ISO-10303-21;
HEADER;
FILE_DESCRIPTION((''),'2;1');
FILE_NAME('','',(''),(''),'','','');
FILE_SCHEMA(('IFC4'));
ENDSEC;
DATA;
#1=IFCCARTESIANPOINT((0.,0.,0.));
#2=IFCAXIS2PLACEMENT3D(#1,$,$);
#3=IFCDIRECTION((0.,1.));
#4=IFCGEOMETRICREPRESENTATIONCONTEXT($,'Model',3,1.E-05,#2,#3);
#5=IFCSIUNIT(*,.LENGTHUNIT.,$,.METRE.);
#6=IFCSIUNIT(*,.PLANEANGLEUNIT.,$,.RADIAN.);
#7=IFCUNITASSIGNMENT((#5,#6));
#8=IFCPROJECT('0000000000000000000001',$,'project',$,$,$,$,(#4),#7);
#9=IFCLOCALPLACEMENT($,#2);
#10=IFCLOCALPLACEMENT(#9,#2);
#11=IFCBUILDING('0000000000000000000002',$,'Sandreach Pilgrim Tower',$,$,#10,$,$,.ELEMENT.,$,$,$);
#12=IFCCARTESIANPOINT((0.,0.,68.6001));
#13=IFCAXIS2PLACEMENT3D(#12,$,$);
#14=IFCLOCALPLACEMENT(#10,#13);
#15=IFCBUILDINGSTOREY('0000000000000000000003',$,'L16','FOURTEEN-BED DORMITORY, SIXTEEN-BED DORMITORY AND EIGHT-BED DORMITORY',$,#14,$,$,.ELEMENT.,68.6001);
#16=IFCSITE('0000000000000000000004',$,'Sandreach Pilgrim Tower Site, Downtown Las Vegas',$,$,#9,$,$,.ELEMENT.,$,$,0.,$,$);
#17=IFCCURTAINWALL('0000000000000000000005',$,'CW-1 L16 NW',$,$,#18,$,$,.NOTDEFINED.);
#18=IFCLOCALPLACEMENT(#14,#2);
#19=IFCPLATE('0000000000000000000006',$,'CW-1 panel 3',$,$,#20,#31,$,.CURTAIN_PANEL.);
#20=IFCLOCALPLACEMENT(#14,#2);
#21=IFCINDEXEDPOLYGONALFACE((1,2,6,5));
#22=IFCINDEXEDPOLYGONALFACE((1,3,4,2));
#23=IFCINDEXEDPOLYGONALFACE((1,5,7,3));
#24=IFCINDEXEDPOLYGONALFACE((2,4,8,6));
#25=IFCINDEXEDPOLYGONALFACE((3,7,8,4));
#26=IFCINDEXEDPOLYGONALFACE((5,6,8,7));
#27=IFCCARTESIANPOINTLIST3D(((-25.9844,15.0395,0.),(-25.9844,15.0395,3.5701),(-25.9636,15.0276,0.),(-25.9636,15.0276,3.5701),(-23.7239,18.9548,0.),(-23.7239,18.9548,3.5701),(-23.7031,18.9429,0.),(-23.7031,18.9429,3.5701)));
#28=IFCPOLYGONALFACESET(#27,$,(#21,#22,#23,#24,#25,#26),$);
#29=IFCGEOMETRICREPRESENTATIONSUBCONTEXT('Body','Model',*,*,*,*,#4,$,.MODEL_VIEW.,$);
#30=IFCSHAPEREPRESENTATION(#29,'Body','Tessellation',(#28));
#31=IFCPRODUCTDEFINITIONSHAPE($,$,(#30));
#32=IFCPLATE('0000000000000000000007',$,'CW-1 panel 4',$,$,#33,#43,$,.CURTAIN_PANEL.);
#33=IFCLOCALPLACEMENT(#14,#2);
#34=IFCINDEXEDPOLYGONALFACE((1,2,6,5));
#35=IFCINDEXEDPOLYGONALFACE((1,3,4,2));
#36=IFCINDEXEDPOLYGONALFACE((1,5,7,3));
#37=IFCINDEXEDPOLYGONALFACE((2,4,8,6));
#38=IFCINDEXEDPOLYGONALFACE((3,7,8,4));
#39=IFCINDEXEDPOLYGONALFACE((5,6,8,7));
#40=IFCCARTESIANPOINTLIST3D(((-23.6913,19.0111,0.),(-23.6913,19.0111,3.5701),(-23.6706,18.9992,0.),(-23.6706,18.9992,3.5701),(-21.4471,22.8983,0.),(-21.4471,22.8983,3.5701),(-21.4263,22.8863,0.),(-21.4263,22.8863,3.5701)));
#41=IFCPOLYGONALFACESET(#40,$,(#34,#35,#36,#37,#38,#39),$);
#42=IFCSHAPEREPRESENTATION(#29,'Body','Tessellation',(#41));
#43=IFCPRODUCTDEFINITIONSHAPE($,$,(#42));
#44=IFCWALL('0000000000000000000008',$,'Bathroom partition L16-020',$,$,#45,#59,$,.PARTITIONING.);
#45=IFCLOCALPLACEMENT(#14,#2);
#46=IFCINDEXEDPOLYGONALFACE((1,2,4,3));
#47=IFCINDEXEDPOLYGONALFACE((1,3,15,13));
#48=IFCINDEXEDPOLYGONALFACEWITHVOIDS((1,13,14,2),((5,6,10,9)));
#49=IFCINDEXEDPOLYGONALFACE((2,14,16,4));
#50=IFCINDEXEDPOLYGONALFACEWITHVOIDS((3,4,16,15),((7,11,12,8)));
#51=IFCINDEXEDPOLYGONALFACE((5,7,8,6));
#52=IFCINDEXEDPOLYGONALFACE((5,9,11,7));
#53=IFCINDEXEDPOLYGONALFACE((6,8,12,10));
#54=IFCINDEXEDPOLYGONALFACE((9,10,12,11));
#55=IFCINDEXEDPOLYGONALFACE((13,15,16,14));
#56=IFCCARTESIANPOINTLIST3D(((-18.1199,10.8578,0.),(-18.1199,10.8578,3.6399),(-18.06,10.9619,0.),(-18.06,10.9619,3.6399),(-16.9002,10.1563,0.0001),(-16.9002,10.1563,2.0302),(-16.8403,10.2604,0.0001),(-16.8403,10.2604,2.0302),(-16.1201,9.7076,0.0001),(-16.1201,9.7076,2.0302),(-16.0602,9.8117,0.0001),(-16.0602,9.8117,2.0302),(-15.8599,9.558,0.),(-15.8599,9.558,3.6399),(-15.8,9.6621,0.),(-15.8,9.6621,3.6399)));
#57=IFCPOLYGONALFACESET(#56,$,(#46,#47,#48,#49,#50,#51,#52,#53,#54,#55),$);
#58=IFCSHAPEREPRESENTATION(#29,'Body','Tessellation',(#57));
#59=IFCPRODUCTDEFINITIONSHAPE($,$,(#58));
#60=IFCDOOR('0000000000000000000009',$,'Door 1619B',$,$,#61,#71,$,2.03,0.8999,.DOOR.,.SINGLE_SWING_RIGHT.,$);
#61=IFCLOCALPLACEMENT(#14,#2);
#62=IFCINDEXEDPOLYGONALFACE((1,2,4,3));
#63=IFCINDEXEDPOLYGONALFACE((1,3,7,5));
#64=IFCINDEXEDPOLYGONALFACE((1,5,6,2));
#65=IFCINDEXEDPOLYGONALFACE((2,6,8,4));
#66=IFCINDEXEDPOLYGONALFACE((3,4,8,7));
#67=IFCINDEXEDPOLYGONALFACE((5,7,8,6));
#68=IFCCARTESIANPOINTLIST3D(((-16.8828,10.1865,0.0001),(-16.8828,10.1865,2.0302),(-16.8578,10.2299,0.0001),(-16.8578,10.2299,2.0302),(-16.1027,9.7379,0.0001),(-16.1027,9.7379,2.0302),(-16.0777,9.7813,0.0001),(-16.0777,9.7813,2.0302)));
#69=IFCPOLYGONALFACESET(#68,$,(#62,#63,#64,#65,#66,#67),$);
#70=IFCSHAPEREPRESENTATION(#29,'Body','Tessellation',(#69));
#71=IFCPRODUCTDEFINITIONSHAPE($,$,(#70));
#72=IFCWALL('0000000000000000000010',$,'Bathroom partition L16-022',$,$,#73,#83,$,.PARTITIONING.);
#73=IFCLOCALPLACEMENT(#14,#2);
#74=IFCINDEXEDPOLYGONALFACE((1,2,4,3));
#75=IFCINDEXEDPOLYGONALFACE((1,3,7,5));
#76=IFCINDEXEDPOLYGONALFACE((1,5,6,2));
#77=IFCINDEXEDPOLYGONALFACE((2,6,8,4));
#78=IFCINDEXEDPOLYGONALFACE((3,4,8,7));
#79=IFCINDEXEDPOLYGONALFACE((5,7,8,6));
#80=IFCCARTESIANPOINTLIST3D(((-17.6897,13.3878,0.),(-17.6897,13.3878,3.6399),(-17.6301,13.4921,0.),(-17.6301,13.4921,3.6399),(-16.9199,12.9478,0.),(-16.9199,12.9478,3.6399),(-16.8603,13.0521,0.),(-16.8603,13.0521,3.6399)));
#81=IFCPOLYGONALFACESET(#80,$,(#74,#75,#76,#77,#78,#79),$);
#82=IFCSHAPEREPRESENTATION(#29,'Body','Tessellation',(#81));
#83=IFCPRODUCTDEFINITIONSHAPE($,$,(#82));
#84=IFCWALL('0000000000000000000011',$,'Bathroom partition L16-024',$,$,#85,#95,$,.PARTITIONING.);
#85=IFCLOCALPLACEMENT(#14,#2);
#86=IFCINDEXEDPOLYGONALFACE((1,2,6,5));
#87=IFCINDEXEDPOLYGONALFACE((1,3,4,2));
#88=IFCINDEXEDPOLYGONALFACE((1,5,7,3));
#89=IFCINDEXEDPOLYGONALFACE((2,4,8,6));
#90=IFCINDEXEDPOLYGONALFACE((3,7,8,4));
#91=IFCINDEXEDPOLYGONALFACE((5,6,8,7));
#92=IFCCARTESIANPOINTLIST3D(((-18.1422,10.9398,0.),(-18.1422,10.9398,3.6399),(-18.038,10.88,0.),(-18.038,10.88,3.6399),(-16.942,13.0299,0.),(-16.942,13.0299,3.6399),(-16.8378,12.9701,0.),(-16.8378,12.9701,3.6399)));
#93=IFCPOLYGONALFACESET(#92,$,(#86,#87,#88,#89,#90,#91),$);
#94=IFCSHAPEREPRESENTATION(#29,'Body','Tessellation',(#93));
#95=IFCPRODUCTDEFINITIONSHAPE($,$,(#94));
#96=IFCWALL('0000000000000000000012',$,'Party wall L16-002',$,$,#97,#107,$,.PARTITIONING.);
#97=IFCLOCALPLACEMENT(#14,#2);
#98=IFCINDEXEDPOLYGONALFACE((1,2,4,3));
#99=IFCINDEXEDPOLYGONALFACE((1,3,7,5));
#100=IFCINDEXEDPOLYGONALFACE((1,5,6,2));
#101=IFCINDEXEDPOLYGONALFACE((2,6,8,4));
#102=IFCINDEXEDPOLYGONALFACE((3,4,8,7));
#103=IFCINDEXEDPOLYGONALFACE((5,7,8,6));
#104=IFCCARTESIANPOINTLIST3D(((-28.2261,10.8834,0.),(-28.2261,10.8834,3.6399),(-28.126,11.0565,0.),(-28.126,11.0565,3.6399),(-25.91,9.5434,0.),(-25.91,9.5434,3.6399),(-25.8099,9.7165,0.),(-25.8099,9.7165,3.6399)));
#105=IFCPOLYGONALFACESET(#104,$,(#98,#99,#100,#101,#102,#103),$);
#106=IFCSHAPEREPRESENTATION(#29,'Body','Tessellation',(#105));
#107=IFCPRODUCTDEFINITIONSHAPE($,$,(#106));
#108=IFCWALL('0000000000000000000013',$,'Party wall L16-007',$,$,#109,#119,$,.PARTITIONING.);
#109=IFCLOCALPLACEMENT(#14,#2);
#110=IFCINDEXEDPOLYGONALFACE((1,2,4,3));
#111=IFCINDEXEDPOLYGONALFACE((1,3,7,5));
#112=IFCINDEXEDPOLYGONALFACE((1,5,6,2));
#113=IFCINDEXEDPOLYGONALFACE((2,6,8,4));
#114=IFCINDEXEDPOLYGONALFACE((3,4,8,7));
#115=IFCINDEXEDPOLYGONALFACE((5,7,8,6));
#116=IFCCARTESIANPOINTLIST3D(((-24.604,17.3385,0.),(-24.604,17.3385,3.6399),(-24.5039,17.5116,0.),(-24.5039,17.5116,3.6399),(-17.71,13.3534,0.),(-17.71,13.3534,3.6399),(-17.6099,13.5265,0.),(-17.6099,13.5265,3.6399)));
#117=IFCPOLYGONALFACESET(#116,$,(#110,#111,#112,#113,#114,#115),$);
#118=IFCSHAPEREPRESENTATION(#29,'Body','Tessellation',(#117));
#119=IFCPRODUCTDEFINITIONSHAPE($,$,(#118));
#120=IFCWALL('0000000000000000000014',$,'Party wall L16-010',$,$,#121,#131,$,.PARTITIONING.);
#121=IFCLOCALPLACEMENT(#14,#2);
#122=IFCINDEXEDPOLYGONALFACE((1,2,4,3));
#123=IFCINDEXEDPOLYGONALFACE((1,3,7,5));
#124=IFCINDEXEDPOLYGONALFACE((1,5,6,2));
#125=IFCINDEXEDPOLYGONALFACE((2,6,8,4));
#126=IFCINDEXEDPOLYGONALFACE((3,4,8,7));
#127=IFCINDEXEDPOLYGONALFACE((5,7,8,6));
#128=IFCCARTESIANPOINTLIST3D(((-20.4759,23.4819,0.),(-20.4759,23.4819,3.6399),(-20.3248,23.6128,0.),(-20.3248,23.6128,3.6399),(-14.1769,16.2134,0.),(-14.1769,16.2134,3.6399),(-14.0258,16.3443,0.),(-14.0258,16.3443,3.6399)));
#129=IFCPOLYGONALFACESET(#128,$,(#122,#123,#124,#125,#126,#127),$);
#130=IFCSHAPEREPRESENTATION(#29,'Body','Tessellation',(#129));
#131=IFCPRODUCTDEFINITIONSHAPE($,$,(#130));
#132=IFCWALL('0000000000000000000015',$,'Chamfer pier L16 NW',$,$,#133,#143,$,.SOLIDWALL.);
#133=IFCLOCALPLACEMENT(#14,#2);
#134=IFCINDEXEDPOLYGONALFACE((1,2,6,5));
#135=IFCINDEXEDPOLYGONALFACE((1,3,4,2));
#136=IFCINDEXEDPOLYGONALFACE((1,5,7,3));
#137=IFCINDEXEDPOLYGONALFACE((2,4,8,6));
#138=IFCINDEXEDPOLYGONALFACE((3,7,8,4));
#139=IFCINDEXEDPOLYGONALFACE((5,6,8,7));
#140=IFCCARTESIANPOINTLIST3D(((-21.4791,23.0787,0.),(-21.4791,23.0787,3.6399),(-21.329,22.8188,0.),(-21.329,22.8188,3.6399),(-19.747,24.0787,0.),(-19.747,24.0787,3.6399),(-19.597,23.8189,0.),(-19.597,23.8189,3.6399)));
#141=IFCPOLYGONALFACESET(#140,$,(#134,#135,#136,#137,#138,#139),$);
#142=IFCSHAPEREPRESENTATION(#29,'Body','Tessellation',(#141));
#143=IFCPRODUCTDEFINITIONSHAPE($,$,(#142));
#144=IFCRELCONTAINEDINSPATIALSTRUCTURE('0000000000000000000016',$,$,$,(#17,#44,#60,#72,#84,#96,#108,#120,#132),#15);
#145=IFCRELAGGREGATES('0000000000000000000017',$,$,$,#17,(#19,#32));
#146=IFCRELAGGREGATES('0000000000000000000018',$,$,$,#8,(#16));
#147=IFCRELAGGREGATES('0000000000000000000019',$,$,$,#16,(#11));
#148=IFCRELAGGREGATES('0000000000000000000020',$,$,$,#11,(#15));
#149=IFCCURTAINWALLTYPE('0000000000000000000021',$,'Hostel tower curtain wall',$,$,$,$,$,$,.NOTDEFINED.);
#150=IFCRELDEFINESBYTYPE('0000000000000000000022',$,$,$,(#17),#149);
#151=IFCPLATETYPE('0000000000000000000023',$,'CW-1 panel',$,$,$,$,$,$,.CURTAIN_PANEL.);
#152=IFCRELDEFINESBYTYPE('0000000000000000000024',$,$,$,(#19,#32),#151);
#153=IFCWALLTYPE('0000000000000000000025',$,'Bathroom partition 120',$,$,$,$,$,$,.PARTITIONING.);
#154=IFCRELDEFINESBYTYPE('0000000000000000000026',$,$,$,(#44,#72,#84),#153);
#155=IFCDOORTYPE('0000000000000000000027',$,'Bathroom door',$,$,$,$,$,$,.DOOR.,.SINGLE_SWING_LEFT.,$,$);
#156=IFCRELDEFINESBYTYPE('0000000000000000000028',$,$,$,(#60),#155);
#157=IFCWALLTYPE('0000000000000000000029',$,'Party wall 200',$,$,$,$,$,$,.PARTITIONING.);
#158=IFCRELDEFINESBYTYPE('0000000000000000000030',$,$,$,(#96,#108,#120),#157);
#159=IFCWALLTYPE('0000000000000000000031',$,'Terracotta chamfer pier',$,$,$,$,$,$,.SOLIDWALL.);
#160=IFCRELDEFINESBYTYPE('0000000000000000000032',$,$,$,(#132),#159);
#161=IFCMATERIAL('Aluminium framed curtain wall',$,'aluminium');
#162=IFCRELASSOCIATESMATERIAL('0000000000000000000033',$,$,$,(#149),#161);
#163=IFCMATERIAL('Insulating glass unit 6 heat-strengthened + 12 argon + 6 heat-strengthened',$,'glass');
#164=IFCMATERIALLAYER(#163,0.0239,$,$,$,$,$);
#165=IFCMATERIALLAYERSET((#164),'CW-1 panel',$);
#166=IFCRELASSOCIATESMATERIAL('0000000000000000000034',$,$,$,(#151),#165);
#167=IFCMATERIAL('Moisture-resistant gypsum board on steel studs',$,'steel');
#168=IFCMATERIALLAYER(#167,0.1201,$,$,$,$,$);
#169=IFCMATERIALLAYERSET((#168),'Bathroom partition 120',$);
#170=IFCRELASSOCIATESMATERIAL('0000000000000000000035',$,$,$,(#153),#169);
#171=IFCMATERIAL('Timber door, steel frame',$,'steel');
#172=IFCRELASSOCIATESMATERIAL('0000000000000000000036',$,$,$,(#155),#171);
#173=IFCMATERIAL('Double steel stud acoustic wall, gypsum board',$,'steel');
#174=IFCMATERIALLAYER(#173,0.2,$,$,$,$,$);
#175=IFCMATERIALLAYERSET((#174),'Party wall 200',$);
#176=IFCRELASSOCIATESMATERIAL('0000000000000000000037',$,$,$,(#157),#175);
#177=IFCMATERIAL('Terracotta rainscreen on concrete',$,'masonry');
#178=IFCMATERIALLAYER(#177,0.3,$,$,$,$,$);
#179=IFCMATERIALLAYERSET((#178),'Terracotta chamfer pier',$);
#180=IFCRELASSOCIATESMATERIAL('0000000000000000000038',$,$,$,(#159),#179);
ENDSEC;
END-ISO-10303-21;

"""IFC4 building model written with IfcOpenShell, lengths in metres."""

from ifc_helpers import new_model, si_unit, direction, frame, frame_2d, origin, origin_2d, place, context, subcontext, project, spatial, rectangle, extrude, material, layer, layer_set, type_object, element, fill, aggregate, save


model = new_model("IFC4")

# Units and contexts
model_context = context("Model", 3, precision=1e-05, world=origin(), true_north=direction((0.0, 1.0)))
body_context = subcontext(model_context, "Body", "Model", "MODEL_VIEW")
ifc_project = project(units=[si_unit("LENGTHUNIT", "METRE"), si_unit("PLANEANGLEUNIT", "RADIAN")], contexts=[model_context])

# Site, building, storey
site_placement = place(None, origin())
site = spatial("IfcSite", under=ifc_project, at=site_placement, Name="Sandreach Pilgrim Tower Site, Downtown Las Vegas", CompositionType="ELEMENT", RefElevation=0.0)
building_placement = place(site_placement, origin())
building = spatial("IfcBuilding", under=site, at=building_placement, Name="Sandreach Pilgrim Tower", CompositionType="ELEMENT")
storey_placement = place(building_placement, frame((0.0, 0.0, 68.6001)))
storey = spatial("IfcBuildingStorey", under=building, at=storey_placement, Name="L16", Description="FOURTEEN-BED DORMITORY, SIXTEEN-BED DORMITORY AND EIGHT-BED DORMITORY", CompositionType="ELEMENT", Elevation=68.6001)

# Shared definitions
ifc_material_1 = material(Name="Aluminium framed curtain wall", Category="aluminium")
curtain_wall_type = type_object("IfcCurtainWallType", Name="Hostel tower curtain wall", PredefinedType="NOTDEFINED", material=ifc_material_1)

# Curtain wall
curtain_wall_1_placement = place(storey_placement, origin())
curtain_wall_1 = element("IfcCurtainWall", 1, at=curtain_wall_1_placement, inside=storey, type_object=curtain_wall_type, Name="CW-1 L16 NW", PredefinedType="NOTDEFINED")

# Plates
ifc_material_2 = material(Name="Insulating glass unit 6 heat-strengthened + 12 argon + 6 heat-strengthened", Category="glass")
ifc_layer_1 = layer(ifc_material_2, 0.0239)
ifc_layer_set_1 = layer_set([ifc_layer_1], Name="CW-1 panel")
plate_type = type_object("IfcPlateType", Name="CW-1 panel", PredefinedType="CURTAIN_PANEL", material=ifc_layer_set_1)
plate_1_placement = place(storey_placement, frame((-24.8438, 16.9912, 0.0), z_axis=(0.0, 0.0, 1.0), x_axis=(0.5, 0.866025, 0.0)))
plate_1 = element("IfcPlate", 2, at=plate_1_placement, type_object=plate_type, Name="CW-1 panel 3", PredefinedType="CURTAIN_PANEL", context=body_context, shape_type="SweptSolid", body=[
    extrude(rectangle(XDim=4.521, YDim=0.0239, at=origin_2d()), origin(), (0.0, 0.0, 1.0), 3.5701),
])
plate_2_placement = place(storey_placement, frame((-22.5588, 20.9487, 0.0), z_axis=(0.0, 0.0, 1.0), x_axis=(0.5, 0.866025, 0.0)))
plate_2 = element("IfcPlate", 3, at=plate_2_placement, type_object=plate_type, Name="CW-1 panel 4", PredefinedType="CURTAIN_PANEL", context=body_context, shape_type="SweptSolid", body=[
    extrude(rectangle(XDim=4.4885, YDim=0.0239, at=origin_2d()), origin(), (0.0, 0.0, 1.0), 3.5701),
])
aggregate(curtain_wall_1, [plate_1, plate_2])

# Wall, opening, door
ifc_material_3 = material(Name="Moisture-resistant gypsum board on steel studs", Category="steel")
ifc_layer_2 = layer(ifc_material_3, 0.1201)
ifc_layer_set_2 = layer_set([ifc_layer_2], Name="Bathroom partition 120")
wall_type_1 = type_object("IfcWallType", Name="Bathroom partition 120", PredefinedType="PARTITIONING", material=ifc_layer_set_2)
wall_1_placement = place(storey_placement, frame((-18.0901, 10.9099, 0.0), z_axis=(0.0, 0.0, 1.0), x_axis=(0.866857, -0.498557, 0.0)))
wall_1 = element("IfcWall", 4, at=wall_1_placement, inside=storey, type_object=wall_type_1, Name="Bathroom partition L16-020", PredefinedType="PARTITIONING", context=body_context, shape_type="SweptSolid", body=[
    extrude(rectangle(XDim=2.6072, YDim=0.1201, at=frame_2d((1.3037, 0.0))), origin(), (0.0, 0.0, 1.0), 3.6399),
])
opening_placement = place(wall_1_placement, frame((1.4072, 0.0, 0.0)))
opening = element("IfcOpeningElement", 5, at=opening_placement, cuts=wall_1, PredefinedType="OPENING", context=body_context, shape_type="SweptSolid", body=[
    extrude(rectangle(XDim=0.8999, YDim=2.03, at=frame_2d((0.45, 1.0151))), frame((0.0, 0.0601, 0.0), z_axis=(0.0, -1.0, 0.0), x_axis=(1.0, 0.0, 0.0)), (0.0, 0.0, 1.0), 0.1201),
])
ifc_material_4 = material(Name="Timber door, steel frame", Category="steel")
door_type = type_object("IfcDoorType", Name="Bathroom door", OperationType="SINGLE_SWING_LEFT", PredefinedType="DOOR", material=ifc_material_4)
door_placement = place(opening_placement, origin())
door = element("IfcDoor", 6, at=door_placement, inside=storey, type_object=door_type, Name="Door 1619B", OperationType="SINGLE_SWING_RIGHT", OverallHeight=2.03, OverallWidth=0.8999, PredefinedType="DOOR", context=body_context, shape_type="SweptSolid", body=[
    extrude(rectangle(XDim=0.8999, YDim=2.03, at=frame_2d((0.45, 1.0151))), frame((0.0, 0.0249, 0.0), z_axis=(0.0, -1.0, 0.0), x_axis=(1.0, 0.0, 0.0)), (0.0, 0.0, 1.0), 0.05),
])
fill(opening, door)

# Walls
wall_2_placement = place(storey_placement, frame((-17.6599, 13.4399, 0.0), z_axis=(0.0, 0.0, 1.0), x_axis=(0.868209, -0.496198, 0.0)))
element("IfcWall", 7, at=wall_2_placement, inside=storey, type_object=wall_type_1, Name="Bathroom partition L16-022", PredefinedType="PARTITIONING", context=body_context, shape_type="SweptSolid", body=[
    extrude(rectangle(XDim=0.8867, YDim=0.1201, at=frame_2d((0.4434, 0.0))), origin(), (0.0, 0.0, 1.0), 3.6399),
])
wall_3_placement = place(storey_placement, frame((-16.8899, 13.0, 0.0), z_axis=(0.0, 0.0, 1.0), x_axis=(-0.497971, -0.867194, 0.0)))
element("IfcWall", 8, at=wall_3_placement, inside=storey, type_object=wall_type_1, Name="Bathroom partition L16-024", PredefinedType="PARTITIONING", context=body_context, shape_type="SweptSolid", body=[
    extrude(rectangle(XDim=2.4102, YDim=0.1201, at=frame_2d((1.2051, 0.0))), origin(), (0.0, 0.0, 1.0), 3.6399),
])
ifc_material_5 = material(Name="Double steel stud acoustic wall, gypsum board", Category="steel")
ifc_layer_3 = layer(ifc_material_5, 0.2)
ifc_layer_set_3 = layer_set([ifc_layer_3], Name="Party wall 200")
wall_type_2 = type_object("IfcWallType", Name="Party wall 200", PredefinedType="PARTITIONING", material=ifc_layer_set_3)
wall_4_placement = place(storey_placement, frame((-28.176, 10.97, 0.0), z_axis=(0.0, 0.0, 1.0), x_axis=(0.865564, -0.500799, 0.0)))
element("IfcWall", 9, at=wall_4_placement, inside=storey, type_object=wall_type_2, Name="Party wall L16-002", PredefinedType="PARTITIONING", context=body_context, shape_type="SweptSolid", body=[
    extrude(rectangle(XDim=2.6758, YDim=0.2, at=frame_2d((1.3379, 0.0))), origin(), (0.0, 0.0, 1.0), 3.6399),
])
wall_5_placement = place(storey_placement, frame((-24.554, 17.425, 0.0), z_axis=(0.0, 0.0, 1.0), x_axis=(0.865763, -0.500455, 0.0)))
element("IfcWall", 10, at=wall_5_placement, inside=storey, type_object=wall_type_2, Name="Party wall L16-007", PredefinedType="PARTITIONING", context=body_context, shape_type="SweptSolid", body=[
    extrude(rectangle(XDim=7.9629, YDim=0.2, at=frame_2d((3.9814, 0.0))), origin(), (0.0, 0.0, 1.0), 3.6399),
])
wall_6_placement = place(storey_placement, frame((-20.4004, 23.5474, 0.0), z_axis=(0.0, 0.0, 1.0), x_axis=(0.65491, -0.755707, 0.0)))
element("IfcWall", 11, at=wall_6_placement, inside=storey, type_object=wall_type_2, Name="Party wall L16-010", PredefinedType="PARTITIONING", context=body_context, shape_type="SweptSolid", body=[
    extrude(rectangle(XDim=9.6182, YDim=0.2, at=frame_2d((4.8091, 0.0))), origin(), (0.0, 0.0, 1.0), 3.6399),
])
ifc_material_6 = material(Name="Terracotta rainscreen on concrete", Category="masonry")
ifc_layer_4 = layer(ifc_material_6, 0.3)
ifc_layer_set_4 = layer_set([ifc_layer_4], Name="Terracotta chamfer pier")
wall_type_3 = type_object("IfcWallType", Name="Terracotta chamfer pier", PredefinedType="SOLIDWALL", material=ifc_layer_set_4)
wall_7_placement = place(storey_placement, frame((-21.4041, 22.9487, 0.0), z_axis=(0.0, 0.0, 1.0), x_axis=(0.866011, 0.500025, 0.0)))
element("IfcWall", 12, at=wall_7_placement, inside=storey, type_object=wall_type_3, Name="Chamfer pier L16 NW", PredefinedType="SOLIDWALL", context=body_context, shape_type="SweptSolid", body=[
    extrude(rectangle(XDim=2.0, YDim=0.3, at=frame_2d((1.0, 0.0))), origin(), (0.0, 0.0, 1.0), 3.6399),
])

save(model, "model.ifc")
